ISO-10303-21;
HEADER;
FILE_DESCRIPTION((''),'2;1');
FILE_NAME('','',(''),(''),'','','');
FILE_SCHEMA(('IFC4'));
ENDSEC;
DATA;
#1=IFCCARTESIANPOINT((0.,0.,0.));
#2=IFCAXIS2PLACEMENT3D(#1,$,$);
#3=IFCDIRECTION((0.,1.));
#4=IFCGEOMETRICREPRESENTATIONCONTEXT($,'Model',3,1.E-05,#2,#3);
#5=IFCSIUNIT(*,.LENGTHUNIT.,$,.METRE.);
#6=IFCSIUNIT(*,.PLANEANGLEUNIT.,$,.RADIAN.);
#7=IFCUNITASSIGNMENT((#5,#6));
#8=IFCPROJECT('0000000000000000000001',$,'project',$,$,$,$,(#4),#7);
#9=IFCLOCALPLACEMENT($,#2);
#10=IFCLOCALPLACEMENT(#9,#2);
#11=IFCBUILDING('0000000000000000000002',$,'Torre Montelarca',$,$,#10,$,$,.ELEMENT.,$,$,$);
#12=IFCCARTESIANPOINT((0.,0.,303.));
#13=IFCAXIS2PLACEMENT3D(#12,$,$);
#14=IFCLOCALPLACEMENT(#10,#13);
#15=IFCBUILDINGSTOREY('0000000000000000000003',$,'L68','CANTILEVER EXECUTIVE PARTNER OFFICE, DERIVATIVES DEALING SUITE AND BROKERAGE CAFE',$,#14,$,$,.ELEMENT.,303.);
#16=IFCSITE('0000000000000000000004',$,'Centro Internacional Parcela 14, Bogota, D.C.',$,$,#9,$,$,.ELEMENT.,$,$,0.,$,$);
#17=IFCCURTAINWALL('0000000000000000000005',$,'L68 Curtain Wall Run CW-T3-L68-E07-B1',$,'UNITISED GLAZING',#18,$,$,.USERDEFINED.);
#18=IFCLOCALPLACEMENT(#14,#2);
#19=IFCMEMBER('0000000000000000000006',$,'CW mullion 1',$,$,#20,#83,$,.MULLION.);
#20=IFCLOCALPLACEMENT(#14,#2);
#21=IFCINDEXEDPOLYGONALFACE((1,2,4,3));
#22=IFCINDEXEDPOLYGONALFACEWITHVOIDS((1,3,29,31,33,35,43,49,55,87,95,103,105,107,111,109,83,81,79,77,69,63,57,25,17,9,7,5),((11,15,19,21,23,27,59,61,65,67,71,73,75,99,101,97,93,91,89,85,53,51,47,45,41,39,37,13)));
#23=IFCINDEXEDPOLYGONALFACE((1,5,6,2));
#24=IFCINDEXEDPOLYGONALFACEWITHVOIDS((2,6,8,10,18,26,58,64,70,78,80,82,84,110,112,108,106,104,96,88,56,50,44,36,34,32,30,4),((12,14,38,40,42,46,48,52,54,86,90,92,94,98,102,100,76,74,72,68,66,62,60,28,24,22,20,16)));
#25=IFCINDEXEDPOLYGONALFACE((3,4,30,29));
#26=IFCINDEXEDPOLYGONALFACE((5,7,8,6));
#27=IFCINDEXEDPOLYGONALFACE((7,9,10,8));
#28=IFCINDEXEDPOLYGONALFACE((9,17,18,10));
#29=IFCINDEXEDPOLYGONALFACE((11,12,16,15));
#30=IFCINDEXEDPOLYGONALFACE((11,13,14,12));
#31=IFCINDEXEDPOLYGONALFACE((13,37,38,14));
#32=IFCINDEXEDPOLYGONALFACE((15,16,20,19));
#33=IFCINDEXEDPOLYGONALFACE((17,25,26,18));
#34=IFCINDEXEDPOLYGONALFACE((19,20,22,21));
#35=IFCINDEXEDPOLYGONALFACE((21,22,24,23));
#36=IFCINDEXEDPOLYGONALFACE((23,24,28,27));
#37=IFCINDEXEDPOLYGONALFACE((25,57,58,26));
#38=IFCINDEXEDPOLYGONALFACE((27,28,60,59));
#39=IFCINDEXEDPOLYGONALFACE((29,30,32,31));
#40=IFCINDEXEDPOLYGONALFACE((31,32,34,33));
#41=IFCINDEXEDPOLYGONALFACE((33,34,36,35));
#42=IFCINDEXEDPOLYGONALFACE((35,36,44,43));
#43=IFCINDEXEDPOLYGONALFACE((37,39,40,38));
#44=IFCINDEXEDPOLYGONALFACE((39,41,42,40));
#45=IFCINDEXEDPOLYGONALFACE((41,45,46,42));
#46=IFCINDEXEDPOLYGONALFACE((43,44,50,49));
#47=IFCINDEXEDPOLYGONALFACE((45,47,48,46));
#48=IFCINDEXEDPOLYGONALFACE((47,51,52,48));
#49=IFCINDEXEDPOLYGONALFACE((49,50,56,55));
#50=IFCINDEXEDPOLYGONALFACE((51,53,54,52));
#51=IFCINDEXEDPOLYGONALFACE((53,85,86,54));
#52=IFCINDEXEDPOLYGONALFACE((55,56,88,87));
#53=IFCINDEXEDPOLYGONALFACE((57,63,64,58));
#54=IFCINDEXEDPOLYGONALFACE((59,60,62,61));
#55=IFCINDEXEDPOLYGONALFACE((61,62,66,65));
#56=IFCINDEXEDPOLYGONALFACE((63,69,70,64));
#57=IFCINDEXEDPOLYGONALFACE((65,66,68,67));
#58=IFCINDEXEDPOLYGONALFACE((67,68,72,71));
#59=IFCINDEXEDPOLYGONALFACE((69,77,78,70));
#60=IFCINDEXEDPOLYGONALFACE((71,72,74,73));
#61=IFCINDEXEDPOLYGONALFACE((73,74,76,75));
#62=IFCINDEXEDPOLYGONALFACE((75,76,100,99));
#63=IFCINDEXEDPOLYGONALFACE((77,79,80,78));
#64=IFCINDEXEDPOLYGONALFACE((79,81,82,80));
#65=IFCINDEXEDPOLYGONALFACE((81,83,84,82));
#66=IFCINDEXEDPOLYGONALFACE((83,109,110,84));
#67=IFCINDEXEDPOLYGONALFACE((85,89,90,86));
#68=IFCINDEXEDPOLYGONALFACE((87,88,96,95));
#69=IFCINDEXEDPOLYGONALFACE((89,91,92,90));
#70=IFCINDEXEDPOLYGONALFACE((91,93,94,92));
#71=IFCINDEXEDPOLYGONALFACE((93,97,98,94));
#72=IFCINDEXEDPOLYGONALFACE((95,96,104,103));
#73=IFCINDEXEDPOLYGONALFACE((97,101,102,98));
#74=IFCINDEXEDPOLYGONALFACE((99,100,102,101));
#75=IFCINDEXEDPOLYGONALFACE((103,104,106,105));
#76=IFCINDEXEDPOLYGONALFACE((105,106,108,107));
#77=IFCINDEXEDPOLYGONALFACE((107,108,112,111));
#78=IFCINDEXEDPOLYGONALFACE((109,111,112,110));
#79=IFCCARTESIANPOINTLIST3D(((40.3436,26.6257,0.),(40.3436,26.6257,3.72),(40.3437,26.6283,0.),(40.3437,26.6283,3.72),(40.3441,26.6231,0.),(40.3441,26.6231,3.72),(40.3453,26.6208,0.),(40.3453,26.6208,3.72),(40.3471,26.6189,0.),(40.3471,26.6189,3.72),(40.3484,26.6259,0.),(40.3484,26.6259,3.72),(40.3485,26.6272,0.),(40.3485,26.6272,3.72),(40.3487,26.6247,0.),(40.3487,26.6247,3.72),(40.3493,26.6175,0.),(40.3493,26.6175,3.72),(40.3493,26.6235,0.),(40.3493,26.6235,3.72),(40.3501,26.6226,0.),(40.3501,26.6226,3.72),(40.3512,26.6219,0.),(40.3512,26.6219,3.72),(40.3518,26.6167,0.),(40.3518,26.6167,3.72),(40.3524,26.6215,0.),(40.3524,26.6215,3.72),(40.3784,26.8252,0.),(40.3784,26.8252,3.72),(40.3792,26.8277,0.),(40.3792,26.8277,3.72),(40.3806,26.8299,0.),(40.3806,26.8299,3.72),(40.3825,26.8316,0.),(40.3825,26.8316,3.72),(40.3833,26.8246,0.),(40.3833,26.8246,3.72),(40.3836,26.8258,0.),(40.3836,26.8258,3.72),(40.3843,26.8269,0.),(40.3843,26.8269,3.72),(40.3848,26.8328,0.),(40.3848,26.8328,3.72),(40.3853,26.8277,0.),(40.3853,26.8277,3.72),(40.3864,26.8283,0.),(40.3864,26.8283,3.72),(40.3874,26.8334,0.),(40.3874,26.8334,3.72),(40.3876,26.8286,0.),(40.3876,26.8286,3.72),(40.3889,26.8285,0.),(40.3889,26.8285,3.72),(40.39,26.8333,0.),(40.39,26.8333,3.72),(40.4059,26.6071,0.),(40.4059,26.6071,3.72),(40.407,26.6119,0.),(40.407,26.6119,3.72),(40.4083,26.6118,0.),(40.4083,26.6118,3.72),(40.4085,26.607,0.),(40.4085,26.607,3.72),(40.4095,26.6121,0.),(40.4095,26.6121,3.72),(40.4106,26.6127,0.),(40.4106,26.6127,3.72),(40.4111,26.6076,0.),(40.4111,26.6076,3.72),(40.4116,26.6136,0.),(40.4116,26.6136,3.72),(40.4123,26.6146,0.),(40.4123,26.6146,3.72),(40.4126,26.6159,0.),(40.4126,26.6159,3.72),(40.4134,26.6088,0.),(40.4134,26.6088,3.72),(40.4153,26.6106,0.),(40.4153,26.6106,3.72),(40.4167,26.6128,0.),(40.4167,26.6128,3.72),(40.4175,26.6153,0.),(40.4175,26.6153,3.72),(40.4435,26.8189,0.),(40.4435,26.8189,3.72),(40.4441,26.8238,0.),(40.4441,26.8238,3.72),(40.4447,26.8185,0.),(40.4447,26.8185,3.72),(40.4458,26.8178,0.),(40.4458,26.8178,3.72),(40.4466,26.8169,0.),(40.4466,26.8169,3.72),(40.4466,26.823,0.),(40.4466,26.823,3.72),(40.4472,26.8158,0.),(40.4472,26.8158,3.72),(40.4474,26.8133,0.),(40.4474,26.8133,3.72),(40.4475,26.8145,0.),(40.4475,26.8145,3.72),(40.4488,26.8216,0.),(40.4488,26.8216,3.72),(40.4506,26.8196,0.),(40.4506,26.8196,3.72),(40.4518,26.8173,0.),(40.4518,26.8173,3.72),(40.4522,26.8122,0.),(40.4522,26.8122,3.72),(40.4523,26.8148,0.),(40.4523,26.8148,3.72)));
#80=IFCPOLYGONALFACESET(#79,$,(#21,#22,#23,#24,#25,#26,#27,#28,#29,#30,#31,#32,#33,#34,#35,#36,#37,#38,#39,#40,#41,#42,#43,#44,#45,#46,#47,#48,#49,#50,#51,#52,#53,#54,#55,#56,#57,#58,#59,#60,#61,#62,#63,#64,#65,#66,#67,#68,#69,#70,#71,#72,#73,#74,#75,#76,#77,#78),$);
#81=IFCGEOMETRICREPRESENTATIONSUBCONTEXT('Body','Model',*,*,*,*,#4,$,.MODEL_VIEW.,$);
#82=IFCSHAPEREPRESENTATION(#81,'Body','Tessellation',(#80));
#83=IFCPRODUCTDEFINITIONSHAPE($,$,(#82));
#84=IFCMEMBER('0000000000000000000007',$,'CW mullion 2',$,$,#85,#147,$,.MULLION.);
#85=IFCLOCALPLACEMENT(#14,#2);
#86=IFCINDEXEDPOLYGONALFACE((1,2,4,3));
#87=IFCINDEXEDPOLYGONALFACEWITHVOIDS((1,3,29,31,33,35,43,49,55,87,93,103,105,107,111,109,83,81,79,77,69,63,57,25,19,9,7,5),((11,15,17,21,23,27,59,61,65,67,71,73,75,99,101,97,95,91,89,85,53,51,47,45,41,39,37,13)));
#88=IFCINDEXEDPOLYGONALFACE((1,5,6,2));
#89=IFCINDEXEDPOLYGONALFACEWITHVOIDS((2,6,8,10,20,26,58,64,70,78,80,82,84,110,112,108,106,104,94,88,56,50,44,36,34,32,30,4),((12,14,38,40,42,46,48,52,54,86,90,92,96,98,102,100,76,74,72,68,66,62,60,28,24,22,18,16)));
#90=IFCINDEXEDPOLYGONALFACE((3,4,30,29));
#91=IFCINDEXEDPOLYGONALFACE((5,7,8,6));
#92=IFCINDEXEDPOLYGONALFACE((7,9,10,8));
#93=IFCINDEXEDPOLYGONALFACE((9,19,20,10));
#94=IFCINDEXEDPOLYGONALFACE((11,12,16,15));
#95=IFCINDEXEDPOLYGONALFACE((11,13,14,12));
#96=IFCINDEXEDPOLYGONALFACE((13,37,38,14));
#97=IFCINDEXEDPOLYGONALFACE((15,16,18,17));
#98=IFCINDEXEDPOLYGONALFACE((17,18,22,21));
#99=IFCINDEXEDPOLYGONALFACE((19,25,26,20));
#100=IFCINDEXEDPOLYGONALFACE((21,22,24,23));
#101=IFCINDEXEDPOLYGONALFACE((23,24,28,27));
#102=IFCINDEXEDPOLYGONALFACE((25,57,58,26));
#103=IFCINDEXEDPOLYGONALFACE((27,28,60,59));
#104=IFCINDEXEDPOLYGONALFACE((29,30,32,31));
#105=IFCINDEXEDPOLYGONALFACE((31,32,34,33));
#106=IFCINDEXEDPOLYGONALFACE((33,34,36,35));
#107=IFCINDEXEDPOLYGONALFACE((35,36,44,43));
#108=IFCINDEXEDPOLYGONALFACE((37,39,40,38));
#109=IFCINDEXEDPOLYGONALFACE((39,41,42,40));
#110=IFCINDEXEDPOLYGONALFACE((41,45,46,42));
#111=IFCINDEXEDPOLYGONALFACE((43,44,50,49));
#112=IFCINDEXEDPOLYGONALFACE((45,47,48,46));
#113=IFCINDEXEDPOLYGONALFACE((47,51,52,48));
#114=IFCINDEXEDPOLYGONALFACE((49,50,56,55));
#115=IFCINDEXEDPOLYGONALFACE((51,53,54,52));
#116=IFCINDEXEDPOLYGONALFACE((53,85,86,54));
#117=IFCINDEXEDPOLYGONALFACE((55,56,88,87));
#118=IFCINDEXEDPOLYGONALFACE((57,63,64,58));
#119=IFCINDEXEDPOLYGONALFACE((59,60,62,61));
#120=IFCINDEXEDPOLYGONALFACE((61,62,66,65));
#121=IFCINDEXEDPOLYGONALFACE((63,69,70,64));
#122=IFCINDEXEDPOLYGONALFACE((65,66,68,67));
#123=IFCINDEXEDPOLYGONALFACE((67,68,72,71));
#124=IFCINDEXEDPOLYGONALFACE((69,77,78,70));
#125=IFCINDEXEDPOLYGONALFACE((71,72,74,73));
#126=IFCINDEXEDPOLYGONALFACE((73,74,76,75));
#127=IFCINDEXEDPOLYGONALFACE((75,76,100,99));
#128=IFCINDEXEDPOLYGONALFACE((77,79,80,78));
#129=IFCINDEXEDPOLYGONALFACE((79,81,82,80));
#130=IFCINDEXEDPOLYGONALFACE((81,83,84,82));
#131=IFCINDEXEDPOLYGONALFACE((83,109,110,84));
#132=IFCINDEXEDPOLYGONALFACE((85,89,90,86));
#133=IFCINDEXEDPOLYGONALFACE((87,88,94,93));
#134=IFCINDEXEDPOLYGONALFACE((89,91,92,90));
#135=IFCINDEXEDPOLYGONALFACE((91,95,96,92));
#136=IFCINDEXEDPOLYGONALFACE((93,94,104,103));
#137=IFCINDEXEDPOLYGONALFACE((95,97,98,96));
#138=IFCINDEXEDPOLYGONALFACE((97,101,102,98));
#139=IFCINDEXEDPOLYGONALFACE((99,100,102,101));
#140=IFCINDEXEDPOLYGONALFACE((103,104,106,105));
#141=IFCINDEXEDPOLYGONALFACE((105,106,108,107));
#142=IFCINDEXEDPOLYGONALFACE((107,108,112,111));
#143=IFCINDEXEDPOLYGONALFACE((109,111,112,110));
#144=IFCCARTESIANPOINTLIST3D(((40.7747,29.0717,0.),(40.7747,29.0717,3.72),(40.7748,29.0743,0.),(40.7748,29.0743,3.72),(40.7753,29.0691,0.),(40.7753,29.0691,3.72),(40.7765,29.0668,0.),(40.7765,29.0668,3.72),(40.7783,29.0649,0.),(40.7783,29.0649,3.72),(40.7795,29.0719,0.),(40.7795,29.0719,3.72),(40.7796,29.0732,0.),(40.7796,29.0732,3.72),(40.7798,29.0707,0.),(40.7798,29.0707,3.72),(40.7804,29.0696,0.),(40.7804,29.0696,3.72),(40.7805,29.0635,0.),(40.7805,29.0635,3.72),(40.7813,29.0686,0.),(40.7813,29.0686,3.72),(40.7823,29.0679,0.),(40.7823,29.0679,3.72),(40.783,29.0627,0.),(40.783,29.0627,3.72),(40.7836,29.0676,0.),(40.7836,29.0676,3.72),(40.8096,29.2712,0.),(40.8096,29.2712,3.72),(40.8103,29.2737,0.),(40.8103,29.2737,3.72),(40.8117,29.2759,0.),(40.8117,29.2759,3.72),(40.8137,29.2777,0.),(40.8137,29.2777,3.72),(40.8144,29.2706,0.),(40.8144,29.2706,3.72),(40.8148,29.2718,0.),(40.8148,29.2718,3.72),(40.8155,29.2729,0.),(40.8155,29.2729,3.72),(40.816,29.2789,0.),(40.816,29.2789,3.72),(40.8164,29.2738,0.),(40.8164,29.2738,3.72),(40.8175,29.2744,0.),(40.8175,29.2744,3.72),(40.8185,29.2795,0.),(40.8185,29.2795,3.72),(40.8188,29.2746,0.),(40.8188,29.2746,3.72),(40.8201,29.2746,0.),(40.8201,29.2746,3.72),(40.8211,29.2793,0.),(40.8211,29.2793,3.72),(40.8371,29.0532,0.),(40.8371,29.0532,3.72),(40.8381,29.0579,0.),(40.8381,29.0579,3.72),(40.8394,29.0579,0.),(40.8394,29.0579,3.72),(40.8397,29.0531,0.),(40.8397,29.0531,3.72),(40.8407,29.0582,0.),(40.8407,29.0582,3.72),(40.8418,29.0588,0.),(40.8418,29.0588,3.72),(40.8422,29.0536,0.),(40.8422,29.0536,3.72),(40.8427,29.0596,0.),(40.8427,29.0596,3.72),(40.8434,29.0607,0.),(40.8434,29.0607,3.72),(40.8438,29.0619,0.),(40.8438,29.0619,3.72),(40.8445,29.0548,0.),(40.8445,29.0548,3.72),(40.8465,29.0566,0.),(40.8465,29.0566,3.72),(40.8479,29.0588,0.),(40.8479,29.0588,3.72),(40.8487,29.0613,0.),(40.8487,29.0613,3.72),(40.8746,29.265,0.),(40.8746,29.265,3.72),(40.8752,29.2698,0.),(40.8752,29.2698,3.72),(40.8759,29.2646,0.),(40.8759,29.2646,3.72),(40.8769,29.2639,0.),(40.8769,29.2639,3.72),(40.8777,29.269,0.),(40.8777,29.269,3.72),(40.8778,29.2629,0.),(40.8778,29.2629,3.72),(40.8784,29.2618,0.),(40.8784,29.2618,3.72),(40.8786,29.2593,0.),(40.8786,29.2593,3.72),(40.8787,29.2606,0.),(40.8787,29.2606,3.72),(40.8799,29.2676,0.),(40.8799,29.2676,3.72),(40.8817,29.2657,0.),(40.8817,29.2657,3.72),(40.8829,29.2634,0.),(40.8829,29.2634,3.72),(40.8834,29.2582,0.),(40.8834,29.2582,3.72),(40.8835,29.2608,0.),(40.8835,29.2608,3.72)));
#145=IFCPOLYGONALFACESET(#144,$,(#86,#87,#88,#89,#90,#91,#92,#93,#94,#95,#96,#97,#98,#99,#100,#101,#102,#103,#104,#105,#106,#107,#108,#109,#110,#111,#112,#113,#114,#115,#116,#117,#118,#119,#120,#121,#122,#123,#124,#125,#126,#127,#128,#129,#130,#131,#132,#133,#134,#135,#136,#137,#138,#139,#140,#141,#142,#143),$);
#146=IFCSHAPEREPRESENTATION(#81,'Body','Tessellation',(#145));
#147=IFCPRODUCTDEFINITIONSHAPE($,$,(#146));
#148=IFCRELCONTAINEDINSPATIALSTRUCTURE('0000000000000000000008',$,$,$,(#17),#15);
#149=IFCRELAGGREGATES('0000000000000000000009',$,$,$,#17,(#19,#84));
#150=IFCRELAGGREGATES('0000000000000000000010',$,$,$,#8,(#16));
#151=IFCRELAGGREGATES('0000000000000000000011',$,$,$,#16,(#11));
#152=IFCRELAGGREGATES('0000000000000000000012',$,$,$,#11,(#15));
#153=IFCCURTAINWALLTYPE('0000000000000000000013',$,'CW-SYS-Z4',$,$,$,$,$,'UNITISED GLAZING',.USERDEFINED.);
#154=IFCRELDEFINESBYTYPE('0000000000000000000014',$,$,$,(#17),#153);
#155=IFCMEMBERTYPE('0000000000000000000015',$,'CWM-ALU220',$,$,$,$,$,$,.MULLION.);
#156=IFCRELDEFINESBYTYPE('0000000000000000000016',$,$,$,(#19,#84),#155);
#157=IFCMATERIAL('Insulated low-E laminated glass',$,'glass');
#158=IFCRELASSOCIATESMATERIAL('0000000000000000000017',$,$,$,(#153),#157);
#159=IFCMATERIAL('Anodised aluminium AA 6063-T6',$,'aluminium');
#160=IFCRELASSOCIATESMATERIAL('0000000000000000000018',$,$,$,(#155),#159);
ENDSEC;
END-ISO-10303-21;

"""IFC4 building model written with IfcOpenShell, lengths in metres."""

from ifc_helpers import new_model, si_unit, direction, frame, origin, origin_2d, place, context, subcontext, project, spatial, hollow_rectangle, extrude, source, transform, mapped, material, material_profile, profile_set, type_object, element, aggregate, save


model = new_model("IFC4")

# Units and contexts
model_context = context("Model", 3, precision=1e-05, world=origin(), true_north=direction((0.0, 1.0)))
body_context = subcontext(model_context, "Body", "Model", "MODEL_VIEW")
ifc_project = project(units=[si_unit("LENGTHUNIT", "METRE"), si_unit("PLANEANGLEUNIT", "RADIAN")], contexts=[model_context])

# Site, building, storey
site_placement = place(None, origin())
site = spatial("IfcSite", under=ifc_project, at=site_placement, Name="Centro Internacional Parcela 14, Bogota, D.C.", CompositionType="ELEMENT", RefElevation=0.0)
building_placement = place(site_placement, origin())
building = spatial("IfcBuilding", under=site, at=building_placement, Name="Torre Montelarca", CompositionType="ELEMENT")
storey_placement = place(building_placement, frame((0.0, 0.0, 303.0)))
storey = spatial("IfcBuildingStorey", under=building, at=storey_placement, Name="L68", Description="CANTILEVER EXECUTIVE PARTNER OFFICE, DERIVATIVES DEALING SUITE AND BROKERAGE CAFE", CompositionType="ELEMENT", Elevation=303.0)

# Curtain wall, members
ifc_material_1 = material(Name="Insulated low-E laminated glass", Category="glass")
curtain_wall_type = type_object("IfcCurtainWallType", Name="CW-SYS-Z4", ElementType="UNITISED GLAZING", PredefinedType="USERDEFINED", material=ifc_material_1)
curtain_wall_1_placement = place(storey_placement, origin())
curtain_wall_1 = element("IfcCurtainWall", 1, at=curtain_wall_1_placement, inside=storey, type_object=curtain_wall_type, Name="L68 Curtain Wall Run CW-T3-L68-E07-B1", ObjectType="UNITISED GLAZING", PredefinedType="USERDEFINED")
ifc_material_2 = material(Name="Anodised aluminium AA 6063-T6", Category="aluminium")
ifc_material_profile_1 = material_profile(ifc_material_2, hollow_rectangle(XDim=0.075, YDim=0.22, WallThickness=0.0049, InnerFilletRadius=0.0049, OuterFilletRadius=0.01, at=origin_2d()), Name="ALU75X220X5", Category="aluminium")
ifc_profile_set_1 = profile_set([ifc_material_profile_1], Name="Anodised aluminium AA 6063-T6")
member_type_1 = type_object("IfcMemberType", Name="CWM-ALU220", PredefinedType="MULLION", material=ifc_profile_set_1)
shared_shape_1 = source(origin(), body_context, "Body", "SweptSolid", [
    extrude(hollow_rectangle(XDim=0.075, YDim=0.22, WallThickness=0.0049, InnerFilletRadius=0.0049, OuterFilletRadius=0.01, at=origin_2d()), origin(), (0.0, 0.0, 1.0), 3.72),
])
member_1_placement = place(storey_placement, frame((40.3979, 26.7202, 0.0), z_axis=(0.0, 0.0, 1.0), x_axis=(-0.984814, 0.173612, 0.0)))
member_1 = element("IfcMember", 2, at=member_1_placement, type_object=member_type_1, Name="CW mullion 1", PredefinedType="MULLION", context=body_context, shape_type="MappedRepresentation", body=[
    mapped(shared_shape_1, transform((0.0, 0.0, 0.0), scale=1.0)),
])
member_2_placement = place(storey_placement, frame((40.8291, 29.1663, 0.0), z_axis=(0.0, 0.0, 1.0), x_axis=(-0.984814, 0.173612, 0.0)))
member_2 = element("IfcMember", 3, at=member_2_placement, type_object=member_type_1, Name="CW mullion 2", PredefinedType="MULLION", context=body_context, shape_type="MappedRepresentation", body=[
    mapped(shared_shape_1, transform((0.0, 0.0, 0.0), scale=1.0)),
])

aggregate(curtain_wall_1, [member_1, member_2])

save(model, "model.ifc")
